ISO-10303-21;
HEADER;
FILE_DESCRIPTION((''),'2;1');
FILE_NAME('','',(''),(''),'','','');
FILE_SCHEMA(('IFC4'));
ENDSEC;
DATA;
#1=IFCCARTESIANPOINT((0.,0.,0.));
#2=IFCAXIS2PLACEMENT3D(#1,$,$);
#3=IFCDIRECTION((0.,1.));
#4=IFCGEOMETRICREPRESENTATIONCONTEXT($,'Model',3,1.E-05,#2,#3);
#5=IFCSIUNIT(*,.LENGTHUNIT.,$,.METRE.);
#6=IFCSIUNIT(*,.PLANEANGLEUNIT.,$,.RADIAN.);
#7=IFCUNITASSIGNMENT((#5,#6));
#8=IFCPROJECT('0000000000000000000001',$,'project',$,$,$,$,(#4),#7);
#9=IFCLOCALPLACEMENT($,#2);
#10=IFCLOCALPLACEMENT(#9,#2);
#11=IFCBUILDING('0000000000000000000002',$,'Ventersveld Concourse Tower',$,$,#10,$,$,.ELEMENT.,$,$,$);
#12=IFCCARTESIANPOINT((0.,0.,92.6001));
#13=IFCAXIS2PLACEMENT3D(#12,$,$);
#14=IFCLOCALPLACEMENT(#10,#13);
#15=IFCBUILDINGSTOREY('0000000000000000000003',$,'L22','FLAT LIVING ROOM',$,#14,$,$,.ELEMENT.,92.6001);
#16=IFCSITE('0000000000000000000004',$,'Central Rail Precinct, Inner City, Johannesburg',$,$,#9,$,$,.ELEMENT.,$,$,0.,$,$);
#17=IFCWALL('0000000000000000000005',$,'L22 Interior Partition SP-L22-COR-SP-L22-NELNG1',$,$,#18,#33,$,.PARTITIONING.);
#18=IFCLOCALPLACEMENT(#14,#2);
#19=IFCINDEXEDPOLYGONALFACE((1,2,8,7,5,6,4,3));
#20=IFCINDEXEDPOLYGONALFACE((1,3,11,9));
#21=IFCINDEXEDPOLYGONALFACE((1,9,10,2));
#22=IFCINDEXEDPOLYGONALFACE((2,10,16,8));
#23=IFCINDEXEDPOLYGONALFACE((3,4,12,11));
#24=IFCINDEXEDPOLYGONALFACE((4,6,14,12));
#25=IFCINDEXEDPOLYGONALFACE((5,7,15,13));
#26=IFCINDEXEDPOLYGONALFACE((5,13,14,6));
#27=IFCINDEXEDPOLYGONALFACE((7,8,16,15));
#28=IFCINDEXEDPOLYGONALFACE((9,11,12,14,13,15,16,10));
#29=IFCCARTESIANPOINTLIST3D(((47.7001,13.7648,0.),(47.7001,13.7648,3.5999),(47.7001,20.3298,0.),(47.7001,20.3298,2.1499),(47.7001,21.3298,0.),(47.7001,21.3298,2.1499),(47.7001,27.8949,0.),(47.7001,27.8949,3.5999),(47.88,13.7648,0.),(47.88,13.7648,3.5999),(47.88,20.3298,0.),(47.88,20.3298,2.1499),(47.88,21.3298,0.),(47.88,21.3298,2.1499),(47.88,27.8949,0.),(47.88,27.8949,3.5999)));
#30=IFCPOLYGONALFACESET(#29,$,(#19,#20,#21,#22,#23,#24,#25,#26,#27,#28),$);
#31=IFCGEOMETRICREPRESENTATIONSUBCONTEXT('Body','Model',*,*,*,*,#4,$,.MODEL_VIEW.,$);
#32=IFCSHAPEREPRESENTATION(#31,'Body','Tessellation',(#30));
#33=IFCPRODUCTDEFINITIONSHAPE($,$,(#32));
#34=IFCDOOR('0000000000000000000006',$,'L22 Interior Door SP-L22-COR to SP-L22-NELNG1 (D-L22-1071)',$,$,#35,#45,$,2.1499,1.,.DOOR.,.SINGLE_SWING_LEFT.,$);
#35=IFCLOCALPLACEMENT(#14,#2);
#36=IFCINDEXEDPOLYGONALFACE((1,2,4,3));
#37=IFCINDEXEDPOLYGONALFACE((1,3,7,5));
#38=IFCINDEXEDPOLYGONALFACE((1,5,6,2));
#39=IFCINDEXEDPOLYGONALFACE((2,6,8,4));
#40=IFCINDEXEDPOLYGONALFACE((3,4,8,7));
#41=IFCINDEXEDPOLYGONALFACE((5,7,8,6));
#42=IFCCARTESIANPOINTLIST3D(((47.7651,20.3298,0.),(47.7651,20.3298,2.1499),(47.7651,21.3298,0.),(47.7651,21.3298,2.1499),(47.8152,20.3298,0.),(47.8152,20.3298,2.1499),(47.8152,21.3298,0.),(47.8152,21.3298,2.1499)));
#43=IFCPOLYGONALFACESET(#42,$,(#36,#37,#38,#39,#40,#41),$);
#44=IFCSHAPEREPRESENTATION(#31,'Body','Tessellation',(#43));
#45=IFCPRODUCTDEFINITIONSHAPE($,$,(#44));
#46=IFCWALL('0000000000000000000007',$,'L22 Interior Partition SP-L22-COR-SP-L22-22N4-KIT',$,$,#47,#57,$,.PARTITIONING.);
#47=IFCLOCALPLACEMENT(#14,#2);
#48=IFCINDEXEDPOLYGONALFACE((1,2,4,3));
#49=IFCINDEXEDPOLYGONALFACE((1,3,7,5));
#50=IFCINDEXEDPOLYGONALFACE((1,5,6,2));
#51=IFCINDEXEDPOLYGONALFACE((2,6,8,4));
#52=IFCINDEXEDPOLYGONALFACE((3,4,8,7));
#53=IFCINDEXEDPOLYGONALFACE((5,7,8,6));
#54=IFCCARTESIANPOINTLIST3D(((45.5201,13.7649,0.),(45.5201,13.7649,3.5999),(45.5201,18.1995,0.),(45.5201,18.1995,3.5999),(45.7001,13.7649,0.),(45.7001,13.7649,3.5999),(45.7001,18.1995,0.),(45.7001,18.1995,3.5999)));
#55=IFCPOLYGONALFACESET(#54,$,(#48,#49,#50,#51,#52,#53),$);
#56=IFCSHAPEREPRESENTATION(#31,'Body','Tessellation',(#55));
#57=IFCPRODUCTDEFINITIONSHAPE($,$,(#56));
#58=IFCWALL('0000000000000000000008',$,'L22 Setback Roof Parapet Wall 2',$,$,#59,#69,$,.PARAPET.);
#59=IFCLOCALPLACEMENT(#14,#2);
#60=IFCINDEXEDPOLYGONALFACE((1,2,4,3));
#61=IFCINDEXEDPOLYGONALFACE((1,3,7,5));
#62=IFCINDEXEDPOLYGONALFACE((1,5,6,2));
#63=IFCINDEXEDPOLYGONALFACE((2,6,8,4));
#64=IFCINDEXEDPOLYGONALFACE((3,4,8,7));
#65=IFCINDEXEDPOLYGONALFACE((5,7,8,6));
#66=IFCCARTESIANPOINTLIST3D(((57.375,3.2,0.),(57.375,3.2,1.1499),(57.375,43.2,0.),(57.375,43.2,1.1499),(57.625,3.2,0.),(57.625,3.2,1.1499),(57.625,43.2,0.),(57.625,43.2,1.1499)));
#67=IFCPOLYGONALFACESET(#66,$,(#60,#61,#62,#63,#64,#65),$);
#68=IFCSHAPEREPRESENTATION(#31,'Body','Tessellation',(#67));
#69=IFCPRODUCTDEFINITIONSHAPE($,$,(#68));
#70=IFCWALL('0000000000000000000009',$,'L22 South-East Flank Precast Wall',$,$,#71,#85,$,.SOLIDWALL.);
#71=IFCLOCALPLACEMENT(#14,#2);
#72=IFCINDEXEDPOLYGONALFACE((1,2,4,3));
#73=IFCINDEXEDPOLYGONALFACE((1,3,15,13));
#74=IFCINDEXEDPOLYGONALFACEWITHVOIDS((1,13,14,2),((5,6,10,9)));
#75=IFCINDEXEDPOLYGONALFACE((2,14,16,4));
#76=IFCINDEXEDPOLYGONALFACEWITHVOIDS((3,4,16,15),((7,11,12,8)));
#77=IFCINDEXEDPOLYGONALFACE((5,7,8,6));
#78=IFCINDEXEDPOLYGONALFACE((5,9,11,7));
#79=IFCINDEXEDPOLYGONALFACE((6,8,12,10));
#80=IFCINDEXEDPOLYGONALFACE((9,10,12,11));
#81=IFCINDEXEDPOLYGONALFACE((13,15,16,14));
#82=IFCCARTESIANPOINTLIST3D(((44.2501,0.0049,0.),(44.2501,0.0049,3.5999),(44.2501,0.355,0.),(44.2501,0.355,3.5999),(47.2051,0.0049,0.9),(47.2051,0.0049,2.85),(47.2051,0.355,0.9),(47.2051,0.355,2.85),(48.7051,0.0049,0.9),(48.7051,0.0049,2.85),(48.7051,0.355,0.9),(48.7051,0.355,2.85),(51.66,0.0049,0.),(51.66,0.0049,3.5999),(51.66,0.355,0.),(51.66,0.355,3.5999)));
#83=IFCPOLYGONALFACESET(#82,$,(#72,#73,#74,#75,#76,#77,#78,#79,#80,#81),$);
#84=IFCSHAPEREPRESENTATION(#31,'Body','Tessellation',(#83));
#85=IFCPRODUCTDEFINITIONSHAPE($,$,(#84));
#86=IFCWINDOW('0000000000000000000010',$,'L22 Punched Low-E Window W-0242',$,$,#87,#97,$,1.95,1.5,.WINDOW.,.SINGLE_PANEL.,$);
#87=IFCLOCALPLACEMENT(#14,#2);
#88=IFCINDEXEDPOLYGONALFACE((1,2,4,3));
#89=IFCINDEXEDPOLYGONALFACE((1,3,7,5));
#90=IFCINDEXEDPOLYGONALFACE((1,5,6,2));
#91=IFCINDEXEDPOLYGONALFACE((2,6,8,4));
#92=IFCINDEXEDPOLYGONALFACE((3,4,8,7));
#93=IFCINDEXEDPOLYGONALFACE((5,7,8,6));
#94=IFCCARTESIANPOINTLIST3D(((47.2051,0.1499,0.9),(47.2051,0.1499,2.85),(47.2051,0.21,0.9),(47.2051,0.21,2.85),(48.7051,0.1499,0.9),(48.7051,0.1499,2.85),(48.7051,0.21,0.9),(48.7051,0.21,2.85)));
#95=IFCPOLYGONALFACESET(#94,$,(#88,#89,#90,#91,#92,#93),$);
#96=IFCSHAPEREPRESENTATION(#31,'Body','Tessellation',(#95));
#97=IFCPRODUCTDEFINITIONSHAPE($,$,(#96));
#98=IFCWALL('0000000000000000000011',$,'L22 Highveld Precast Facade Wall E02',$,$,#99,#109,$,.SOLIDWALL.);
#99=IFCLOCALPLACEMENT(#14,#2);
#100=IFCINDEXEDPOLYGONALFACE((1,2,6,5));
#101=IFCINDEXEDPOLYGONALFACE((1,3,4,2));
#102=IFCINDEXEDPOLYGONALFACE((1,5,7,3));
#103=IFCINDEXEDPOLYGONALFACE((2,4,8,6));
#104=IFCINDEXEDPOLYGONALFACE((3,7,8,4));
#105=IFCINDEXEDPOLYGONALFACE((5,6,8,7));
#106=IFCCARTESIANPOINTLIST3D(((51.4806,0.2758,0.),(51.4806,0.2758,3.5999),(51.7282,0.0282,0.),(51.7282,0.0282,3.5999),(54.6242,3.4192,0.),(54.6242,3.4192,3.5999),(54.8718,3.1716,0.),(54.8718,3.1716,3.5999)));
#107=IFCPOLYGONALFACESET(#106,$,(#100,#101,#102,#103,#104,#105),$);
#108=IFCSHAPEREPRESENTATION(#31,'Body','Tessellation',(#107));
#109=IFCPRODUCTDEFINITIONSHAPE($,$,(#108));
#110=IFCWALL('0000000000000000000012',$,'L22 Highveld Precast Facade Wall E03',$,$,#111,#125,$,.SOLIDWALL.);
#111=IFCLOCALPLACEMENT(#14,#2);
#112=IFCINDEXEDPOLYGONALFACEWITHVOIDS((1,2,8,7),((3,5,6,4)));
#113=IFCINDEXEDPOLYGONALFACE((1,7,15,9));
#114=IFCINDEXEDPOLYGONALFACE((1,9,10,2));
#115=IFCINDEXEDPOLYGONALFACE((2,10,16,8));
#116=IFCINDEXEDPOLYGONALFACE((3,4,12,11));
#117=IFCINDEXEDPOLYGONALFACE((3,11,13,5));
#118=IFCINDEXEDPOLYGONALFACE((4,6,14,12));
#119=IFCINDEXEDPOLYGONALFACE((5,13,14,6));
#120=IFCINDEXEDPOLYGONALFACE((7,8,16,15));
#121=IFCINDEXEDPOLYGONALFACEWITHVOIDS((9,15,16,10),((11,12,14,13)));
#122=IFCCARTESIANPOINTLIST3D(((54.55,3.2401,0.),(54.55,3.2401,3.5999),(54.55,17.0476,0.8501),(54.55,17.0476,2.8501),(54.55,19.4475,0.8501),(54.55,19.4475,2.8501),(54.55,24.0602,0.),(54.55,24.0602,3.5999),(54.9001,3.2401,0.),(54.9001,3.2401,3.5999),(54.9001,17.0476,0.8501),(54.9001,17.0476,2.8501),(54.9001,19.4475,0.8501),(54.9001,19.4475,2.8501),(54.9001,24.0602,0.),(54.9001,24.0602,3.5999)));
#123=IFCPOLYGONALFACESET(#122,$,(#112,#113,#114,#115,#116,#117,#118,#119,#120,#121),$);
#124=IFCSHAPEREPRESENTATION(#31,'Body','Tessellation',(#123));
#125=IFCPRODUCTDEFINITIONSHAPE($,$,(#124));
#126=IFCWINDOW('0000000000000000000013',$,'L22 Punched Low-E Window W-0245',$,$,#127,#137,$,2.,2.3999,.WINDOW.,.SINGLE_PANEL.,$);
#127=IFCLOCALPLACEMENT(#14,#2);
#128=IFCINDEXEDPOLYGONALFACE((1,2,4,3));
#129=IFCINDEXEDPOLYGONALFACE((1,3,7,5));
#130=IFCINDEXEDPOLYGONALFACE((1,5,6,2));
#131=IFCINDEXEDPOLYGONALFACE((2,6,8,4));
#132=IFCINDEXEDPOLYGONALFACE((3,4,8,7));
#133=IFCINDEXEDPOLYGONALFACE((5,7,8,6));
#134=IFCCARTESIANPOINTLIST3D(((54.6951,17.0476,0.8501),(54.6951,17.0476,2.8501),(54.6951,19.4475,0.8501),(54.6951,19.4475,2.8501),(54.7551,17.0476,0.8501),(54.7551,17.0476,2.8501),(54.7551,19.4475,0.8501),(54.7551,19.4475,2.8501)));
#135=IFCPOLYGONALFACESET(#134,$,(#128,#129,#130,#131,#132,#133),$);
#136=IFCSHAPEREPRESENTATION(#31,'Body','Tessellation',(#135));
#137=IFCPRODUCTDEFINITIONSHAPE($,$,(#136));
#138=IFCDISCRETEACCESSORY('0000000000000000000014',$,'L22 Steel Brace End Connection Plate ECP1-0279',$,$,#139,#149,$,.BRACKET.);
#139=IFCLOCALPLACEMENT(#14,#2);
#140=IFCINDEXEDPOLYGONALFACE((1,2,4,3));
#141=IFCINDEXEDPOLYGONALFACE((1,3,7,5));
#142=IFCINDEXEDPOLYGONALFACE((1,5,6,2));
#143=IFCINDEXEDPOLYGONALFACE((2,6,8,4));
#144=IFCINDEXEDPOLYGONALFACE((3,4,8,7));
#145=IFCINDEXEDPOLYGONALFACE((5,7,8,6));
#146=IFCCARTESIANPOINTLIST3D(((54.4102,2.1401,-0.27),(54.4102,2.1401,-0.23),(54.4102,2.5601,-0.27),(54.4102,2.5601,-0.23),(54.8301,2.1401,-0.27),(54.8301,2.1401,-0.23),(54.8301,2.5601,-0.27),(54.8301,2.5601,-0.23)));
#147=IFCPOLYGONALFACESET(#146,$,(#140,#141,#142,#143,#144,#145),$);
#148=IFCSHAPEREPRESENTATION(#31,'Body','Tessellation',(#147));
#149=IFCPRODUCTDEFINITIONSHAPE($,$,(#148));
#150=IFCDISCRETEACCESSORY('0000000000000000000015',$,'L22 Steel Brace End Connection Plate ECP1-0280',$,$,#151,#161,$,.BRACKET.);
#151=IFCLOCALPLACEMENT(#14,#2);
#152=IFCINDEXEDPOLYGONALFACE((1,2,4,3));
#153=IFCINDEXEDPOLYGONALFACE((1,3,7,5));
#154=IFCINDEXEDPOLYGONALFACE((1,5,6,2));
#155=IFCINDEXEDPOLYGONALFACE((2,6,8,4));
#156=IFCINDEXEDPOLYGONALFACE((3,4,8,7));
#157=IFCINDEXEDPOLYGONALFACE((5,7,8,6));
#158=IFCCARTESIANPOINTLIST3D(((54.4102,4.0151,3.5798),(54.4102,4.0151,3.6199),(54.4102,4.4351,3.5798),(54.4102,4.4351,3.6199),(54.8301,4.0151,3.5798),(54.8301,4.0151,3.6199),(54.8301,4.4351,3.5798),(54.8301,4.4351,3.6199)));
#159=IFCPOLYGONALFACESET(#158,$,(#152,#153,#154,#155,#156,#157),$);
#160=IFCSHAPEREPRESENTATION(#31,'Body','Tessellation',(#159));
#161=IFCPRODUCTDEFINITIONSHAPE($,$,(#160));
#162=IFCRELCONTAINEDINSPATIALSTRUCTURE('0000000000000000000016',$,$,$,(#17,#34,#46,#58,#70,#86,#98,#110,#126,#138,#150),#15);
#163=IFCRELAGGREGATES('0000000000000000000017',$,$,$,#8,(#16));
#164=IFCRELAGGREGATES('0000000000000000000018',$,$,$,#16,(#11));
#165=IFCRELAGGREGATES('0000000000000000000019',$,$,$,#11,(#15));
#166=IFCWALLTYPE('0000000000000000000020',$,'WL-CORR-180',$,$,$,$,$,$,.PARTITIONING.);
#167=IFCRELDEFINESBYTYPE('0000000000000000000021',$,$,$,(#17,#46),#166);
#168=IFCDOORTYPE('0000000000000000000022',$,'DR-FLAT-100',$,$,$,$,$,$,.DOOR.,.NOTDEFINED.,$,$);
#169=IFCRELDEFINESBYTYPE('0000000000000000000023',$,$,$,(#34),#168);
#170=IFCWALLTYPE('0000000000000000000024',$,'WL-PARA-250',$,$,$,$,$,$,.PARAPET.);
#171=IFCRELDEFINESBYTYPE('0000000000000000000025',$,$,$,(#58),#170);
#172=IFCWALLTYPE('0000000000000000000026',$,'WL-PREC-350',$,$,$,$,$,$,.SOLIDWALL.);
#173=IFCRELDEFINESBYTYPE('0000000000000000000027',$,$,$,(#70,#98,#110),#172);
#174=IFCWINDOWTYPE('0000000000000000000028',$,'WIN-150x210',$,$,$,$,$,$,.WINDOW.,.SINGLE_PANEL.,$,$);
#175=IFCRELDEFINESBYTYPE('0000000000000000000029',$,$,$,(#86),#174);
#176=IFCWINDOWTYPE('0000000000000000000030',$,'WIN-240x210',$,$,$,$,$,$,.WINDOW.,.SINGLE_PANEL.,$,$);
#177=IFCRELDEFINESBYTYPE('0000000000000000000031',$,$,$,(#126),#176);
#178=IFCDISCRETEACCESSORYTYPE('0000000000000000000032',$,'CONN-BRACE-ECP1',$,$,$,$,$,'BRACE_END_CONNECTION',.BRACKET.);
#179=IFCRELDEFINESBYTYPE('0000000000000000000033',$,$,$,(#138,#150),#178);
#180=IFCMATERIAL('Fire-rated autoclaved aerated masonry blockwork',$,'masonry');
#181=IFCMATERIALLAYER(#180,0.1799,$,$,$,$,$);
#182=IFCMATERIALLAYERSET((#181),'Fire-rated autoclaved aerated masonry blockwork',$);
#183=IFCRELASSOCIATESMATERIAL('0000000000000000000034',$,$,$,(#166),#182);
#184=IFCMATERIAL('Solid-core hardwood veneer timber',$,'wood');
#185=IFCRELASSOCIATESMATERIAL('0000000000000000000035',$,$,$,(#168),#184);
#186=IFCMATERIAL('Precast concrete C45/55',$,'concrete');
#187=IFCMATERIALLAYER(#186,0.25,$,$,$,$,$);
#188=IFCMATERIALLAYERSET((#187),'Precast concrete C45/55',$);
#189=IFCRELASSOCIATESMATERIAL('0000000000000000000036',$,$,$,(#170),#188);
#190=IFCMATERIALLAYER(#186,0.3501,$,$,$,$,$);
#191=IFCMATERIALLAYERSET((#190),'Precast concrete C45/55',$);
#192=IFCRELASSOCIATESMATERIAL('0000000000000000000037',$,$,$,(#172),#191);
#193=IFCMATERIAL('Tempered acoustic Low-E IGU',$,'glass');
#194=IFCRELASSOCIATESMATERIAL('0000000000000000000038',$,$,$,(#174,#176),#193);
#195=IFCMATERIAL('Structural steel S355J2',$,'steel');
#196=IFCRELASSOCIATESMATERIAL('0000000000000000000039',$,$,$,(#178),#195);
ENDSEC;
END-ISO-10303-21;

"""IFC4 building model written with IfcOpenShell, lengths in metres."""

from ifc_helpers import new_model, si_unit, direction, frame, frame_2d, origin, origin_2d, place, context, subcontext, project, spatial, rectangle, extrude, material, layer, layer_set, type_object, element, fill, save


model = new_model("IFC4")

# Units and contexts
model_context = context("Model", 3, precision=1e-05, world=origin(), true_north=direction((0.0, 1.0)))
body_context = subcontext(model_context, "Body", "Model", "MODEL_VIEW")
ifc_project = project(units=[si_unit("LENGTHUNIT", "METRE"), si_unit("PLANEANGLEUNIT", "RADIAN")], contexts=[model_context])

# Site, building, storey
site_placement = place(None, origin())
site = spatial("IfcSite", under=ifc_project, at=site_placement, Name="Central Rail Precinct, Inner City, Johannesburg", CompositionType="ELEMENT", RefElevation=0.0)
building_placement = place(site_placement, origin())
building = spatial("IfcBuilding", under=site, at=building_placement, Name="Ventersveld Concourse Tower", CompositionType="ELEMENT")
storey_placement = place(building_placement, frame((0.0, 0.0, 92.6001)))
storey = spatial("IfcBuildingStorey", under=building, at=storey_placement, Name="L22", Description="FLAT LIVING ROOM", CompositionType="ELEMENT", Elevation=92.6001)

# Shared definitions
ifc_material_1 = material(Name="Structural steel S355J2", Category="steel")

# Wall, opening, door
ifc_material_2 = material(Name="Fire-rated autoclaved aerated masonry blockwork", Category="masonry")
ifc_layer_1 = layer(ifc_material_2, 0.1799)
ifc_layer_set_1 = layer_set([ifc_layer_1], Name="Fire-rated autoclaved aerated masonry blockwork")
wall_type_1 = type_object("IfcWallType", Name="WL-CORR-180", PredefinedType="PARTITIONING", material=ifc_layer_set_1)
ifc_material_3 = material(Name="Solid-core hardwood veneer timber", Category="wood")
door_type = type_object("IfcDoorType", Name="DR-FLAT-100", OperationType="NOTDEFINED", PredefinedType="DOOR", material=ifc_material_3)
wall_1_placement = place(storey_placement, frame((47.79, 13.7649, 0.0), z_axis=(0.0, 0.0, 1.0), x_axis=(0.0, 1.0, 0.0)))
wall_1 = element("IfcWall", 1, at=wall_1_placement, inside=storey, type_object=wall_type_1, Name="L22 Interior Partition SP-L22-COR-SP-L22-NELNG1", PredefinedType="PARTITIONING", context=body_context, shape_type="SweptSolid", body=[
    extrude(rectangle(XDim=14.1301, YDim=0.1799, at=frame_2d((7.0649, 0.0))), origin(), (0.0, 0.0, 1.0), 3.5999),
])
opening_1_placement = place(wall_1_placement, frame((6.5649, 0.0, 0.0)))
opening_1 = element("IfcOpeningElement", 2, at=opening_1_placement, cuts=wall_1, PredefinedType="OPENING", context=body_context, shape_type="SweptSolid", body=[
    extrude(rectangle(XDim=1.0, YDim=2.1499, at=frame_2d((0.5, 1.075))), frame((0.0, 0.1001, 0.0), z_axis=(0.0, -1.0, 0.0), x_axis=(1.0, 0.0, 0.0)), (0.0, 0.0, 1.0), 0.2),
])
door_1_placement = place(opening_1_placement, origin())
door_1 = element("IfcDoor", 3, at=door_1_placement, inside=storey, type_object=door_type, Name="L22 Interior Door SP-L22-COR to SP-L22-NELNG1 (D-L22-1071)", OperationType="SINGLE_SWING_LEFT", OverallHeight=2.1499, OverallWidth=1.0, PredefinedType="DOOR", context=body_context, shape_type="SweptSolid", body=[
    extrude(rectangle(XDim=1.0, YDim=2.1499, at=frame_2d((0.5, 1.075))), frame((0.0, 0.0249, 0.0), z_axis=(0.0, -1.0, 0.0), x_axis=(1.0, 0.0, 0.0)), (0.0, 0.0, 1.0), 0.05),
])
fill(opening_1, door_1)

# Walls
wall_2_placement = place(storey_placement, frame((45.6101, 13.7649, 0.0), z_axis=(0.0, 0.0, 1.0), x_axis=(0.0, 1.0, 0.0)))
element("IfcWall", 4, at=wall_2_placement, inside=storey, type_object=wall_type_1, Name="L22 Interior Partition SP-L22-COR-SP-L22-22N4-KIT", PredefinedType="PARTITIONING", context=body_context, shape_type="SweptSolid", body=[
    extrude(rectangle(XDim=4.4346, YDim=0.1799, at=frame_2d((2.2173, 0.0))), origin(), (0.0, 0.0, 1.0), 3.5999),
])
ifc_material_4 = material(Name="Precast concrete C45/55", Category="concrete")
ifc_layer_2 = layer(ifc_material_4, 0.25)
ifc_layer_set_2 = layer_set([ifc_layer_2], Name="Precast concrete C45/55")
wall_type_2 = type_object("IfcWallType", Name="WL-PARA-250", PredefinedType="PARAPET", material=ifc_layer_set_2)
wall_3_placement = place(storey_placement, frame((57.5, 3.2, 0.0), z_axis=(0.0, 0.0, 1.0), x_axis=(0.0, 1.0, 0.0)))
element("IfcWall", 5, at=wall_3_placement, inside=storey, type_object=wall_type_2, Name="L22 Setback Roof Parapet Wall 2", PredefinedType="PARAPET", context=body_context, shape_type="SweptSolid", body=[
    extrude(rectangle(XDim=40.0, YDim=0.25, at=frame_2d((20.0, 0.0))), origin(), (0.0, 0.0, 1.0), 1.1499),
])

# Wall, opening, window
ifc_layer_3 = layer(ifc_material_4, 0.3501)
ifc_layer_set_3 = layer_set([ifc_layer_3], Name="Precast concrete C45/55")
wall_type_3 = type_object("IfcWallType", Name="WL-PREC-350", PredefinedType="SOLIDWALL", material=ifc_layer_set_3)
wall_4_placement = place(storey_placement, frame((44.25, 0.1799, 0.0), z_axis=(0.0, 0.0, 1.0), x_axis=(1.0, 0.0, 0.0)))
wall_4 = element("IfcWall", 6, at=wall_4_placement, inside=storey, type_object=wall_type_3, Name="L22 South-East Flank Precast Wall", PredefinedType="SOLIDWALL", context=body_context, shape_type="SweptSolid", body=[
    extrude(rectangle(XDim=7.4099, YDim=0.3501, at=frame_2d((3.7051, 0.0))), origin(), (0.0, 0.0, 1.0), 3.5999),
])
opening_2_placement = place(wall_4_placement, frame((2.9551, 0.0, 0.8999)))
opening_2 = element("IfcOpeningElement", 7, at=opening_2_placement, cuts=wall_4, PredefinedType="OPENING", context=body_context, shape_type="SweptSolid", body=[
    extrude(rectangle(XDim=1.5, YDim=1.95, at=frame_2d((0.75, 0.9751))), frame((0.0, 0.1851, 0.0), z_axis=(0.0, -1.0, 0.0), x_axis=(1.0, 0.0, 0.0)), (0.0, 0.0, 1.0), 0.3701),
])
ifc_material_5 = material(Name="Tempered acoustic Low-E IGU", Category="glass")
window_type_1 = type_object("IfcWindowType", Name="WIN-150x210", PartitioningType="SINGLE_PANEL", PredefinedType="WINDOW", material=ifc_material_5)
window_1_placement = place(opening_2_placement, origin())
window_1 = element("IfcWindow", 8, at=window_1_placement, inside=storey, type_object=window_type_1, Name="L22 Punched Low-E Window W-0242", OverallHeight=1.95, OverallWidth=1.5, PartitioningType="SINGLE_PANEL", PredefinedType="WINDOW", context=body_context, shape_type="SweptSolid", body=[
    extrude(rectangle(XDim=1.5, YDim=1.95, at=frame_2d((0.75, 0.9751))), frame((0.0, 0.03, 0.0), z_axis=(0.0, -1.0, 0.0), x_axis=(1.0, 0.0, 0.0)), (0.0, 0.0, 1.0), 0.0601),
])
fill(opening_2, window_1)

# Wall
wall_5_placement = place(storey_placement, frame((51.6045, 0.1521, 0.0), z_axis=(0.0, 0.0, 1.0), x_axis=(0.707134, 0.707079, 0.0)))
element("IfcWall", 9, at=wall_5_placement, inside=storey, type_object=wall_type_3, Name="L22 Highveld Precast Facade Wall E02", PredefinedType="SOLIDWALL", context=body_context, shape_type="SweptSolid", body=[
    extrude(rectangle(XDim=4.4456, YDim=0.3501, at=frame_2d((2.2227, 0.0))), origin(), (0.0, 0.0, 1.0), 3.5999),
])

# Wall, opening, window
wall_6_placement = place(storey_placement, frame((54.7251, 3.24, 0.0), z_axis=(0.0, 0.0, 1.0), x_axis=(0.0, 1.0, 0.0)))
wall_6 = element("IfcWall", 10, at=wall_6_placement, inside=storey, type_object=wall_type_3, Name="L22 Highveld Precast Facade Wall E03", PredefinedType="SOLIDWALL", context=body_context, shape_type="SweptSolid", body=[
    extrude(rectangle(XDim=20.8201, YDim=0.3501, at=frame_2d((10.4102, 0.0))), origin(), (0.0, 0.0, 1.0), 3.5999),
])
opening_3_placement = place(wall_6_placement, frame((13.8076, 0.0, 0.8501)))
opening_3 = element("IfcOpeningElement", 11, at=opening_3_placement, cuts=wall_6, PredefinedType="OPENING", context=body_context, shape_type="SweptSolid", body=[
    extrude(rectangle(XDim=2.3999, YDim=2.0, at=frame_2d((1.2, 1.0))), frame((0.0, 0.1851, 0.0), z_axis=(0.0, -1.0, 0.0), x_axis=(1.0, 0.0, 0.0)), (0.0, 0.0, 1.0), 0.3701),
])
window_type_2 = type_object("IfcWindowType", Name="WIN-240x210", PartitioningType="SINGLE_PANEL", PredefinedType="WINDOW", material=ifc_material_5)
window_2_placement = place(opening_3_placement, origin())
window_2 = element("IfcWindow", 12, at=window_2_placement, inside=storey, type_object=window_type_2, Name="L22 Punched Low-E Window W-0245", OverallHeight=2.0, OverallWidth=2.3999, PartitioningType="SINGLE_PANEL", PredefinedType="WINDOW", context=body_context, shape_type="SweptSolid", body=[
    extrude(rectangle(XDim=2.3999, YDim=2.0, at=frame_2d((1.2, 1.0))), frame((0.0, 0.03, 0.0), z_axis=(0.0, -1.0, 0.0), x_axis=(1.0, 0.0, 0.0)), (0.0, 0.0, 1.0), 0.0601),
])
fill(opening_3, window_2)

# Discrete accessories
discrete_accessory_type = type_object("IfcDiscreteAccessoryType", Name="CONN-BRACE-ECP1", ElementType="BRACE_END_CONNECTION", PredefinedType="BRACKET", material=ifc_material_1)
for number, where, z_axis, x_axis, name in (
    (13, (54.6201, 2.3501, -0.27), (0.0, 0.0, 1.0), (1.0, 0.0, 0.0), "L22 Steel Brace End Connection Plate ECP1-0279"),
    (14, (54.6201, 4.2251, 3.5798), (0.0, 0.0, 1.0), (1.0, 0.0, 0.0), "L22 Steel Brace End Connection Plate ECP1-0280"),
):
    element("IfcDiscreteAccessory", number, at=place(storey_placement, frame(where, z_axis=z_axis, x_axis=x_axis)), inside=storey, type_object=discrete_accessory_type, Name=name, PredefinedType="BRACKET", context=body_context, shape_type="SweptSolid", body=[
        extrude(rectangle(XDim=0.4199, YDim=0.4199, at=origin_2d()), origin(), (0.0, 0.0, 1.0), 0.04),
    ])

save(model, "model.ifc")
